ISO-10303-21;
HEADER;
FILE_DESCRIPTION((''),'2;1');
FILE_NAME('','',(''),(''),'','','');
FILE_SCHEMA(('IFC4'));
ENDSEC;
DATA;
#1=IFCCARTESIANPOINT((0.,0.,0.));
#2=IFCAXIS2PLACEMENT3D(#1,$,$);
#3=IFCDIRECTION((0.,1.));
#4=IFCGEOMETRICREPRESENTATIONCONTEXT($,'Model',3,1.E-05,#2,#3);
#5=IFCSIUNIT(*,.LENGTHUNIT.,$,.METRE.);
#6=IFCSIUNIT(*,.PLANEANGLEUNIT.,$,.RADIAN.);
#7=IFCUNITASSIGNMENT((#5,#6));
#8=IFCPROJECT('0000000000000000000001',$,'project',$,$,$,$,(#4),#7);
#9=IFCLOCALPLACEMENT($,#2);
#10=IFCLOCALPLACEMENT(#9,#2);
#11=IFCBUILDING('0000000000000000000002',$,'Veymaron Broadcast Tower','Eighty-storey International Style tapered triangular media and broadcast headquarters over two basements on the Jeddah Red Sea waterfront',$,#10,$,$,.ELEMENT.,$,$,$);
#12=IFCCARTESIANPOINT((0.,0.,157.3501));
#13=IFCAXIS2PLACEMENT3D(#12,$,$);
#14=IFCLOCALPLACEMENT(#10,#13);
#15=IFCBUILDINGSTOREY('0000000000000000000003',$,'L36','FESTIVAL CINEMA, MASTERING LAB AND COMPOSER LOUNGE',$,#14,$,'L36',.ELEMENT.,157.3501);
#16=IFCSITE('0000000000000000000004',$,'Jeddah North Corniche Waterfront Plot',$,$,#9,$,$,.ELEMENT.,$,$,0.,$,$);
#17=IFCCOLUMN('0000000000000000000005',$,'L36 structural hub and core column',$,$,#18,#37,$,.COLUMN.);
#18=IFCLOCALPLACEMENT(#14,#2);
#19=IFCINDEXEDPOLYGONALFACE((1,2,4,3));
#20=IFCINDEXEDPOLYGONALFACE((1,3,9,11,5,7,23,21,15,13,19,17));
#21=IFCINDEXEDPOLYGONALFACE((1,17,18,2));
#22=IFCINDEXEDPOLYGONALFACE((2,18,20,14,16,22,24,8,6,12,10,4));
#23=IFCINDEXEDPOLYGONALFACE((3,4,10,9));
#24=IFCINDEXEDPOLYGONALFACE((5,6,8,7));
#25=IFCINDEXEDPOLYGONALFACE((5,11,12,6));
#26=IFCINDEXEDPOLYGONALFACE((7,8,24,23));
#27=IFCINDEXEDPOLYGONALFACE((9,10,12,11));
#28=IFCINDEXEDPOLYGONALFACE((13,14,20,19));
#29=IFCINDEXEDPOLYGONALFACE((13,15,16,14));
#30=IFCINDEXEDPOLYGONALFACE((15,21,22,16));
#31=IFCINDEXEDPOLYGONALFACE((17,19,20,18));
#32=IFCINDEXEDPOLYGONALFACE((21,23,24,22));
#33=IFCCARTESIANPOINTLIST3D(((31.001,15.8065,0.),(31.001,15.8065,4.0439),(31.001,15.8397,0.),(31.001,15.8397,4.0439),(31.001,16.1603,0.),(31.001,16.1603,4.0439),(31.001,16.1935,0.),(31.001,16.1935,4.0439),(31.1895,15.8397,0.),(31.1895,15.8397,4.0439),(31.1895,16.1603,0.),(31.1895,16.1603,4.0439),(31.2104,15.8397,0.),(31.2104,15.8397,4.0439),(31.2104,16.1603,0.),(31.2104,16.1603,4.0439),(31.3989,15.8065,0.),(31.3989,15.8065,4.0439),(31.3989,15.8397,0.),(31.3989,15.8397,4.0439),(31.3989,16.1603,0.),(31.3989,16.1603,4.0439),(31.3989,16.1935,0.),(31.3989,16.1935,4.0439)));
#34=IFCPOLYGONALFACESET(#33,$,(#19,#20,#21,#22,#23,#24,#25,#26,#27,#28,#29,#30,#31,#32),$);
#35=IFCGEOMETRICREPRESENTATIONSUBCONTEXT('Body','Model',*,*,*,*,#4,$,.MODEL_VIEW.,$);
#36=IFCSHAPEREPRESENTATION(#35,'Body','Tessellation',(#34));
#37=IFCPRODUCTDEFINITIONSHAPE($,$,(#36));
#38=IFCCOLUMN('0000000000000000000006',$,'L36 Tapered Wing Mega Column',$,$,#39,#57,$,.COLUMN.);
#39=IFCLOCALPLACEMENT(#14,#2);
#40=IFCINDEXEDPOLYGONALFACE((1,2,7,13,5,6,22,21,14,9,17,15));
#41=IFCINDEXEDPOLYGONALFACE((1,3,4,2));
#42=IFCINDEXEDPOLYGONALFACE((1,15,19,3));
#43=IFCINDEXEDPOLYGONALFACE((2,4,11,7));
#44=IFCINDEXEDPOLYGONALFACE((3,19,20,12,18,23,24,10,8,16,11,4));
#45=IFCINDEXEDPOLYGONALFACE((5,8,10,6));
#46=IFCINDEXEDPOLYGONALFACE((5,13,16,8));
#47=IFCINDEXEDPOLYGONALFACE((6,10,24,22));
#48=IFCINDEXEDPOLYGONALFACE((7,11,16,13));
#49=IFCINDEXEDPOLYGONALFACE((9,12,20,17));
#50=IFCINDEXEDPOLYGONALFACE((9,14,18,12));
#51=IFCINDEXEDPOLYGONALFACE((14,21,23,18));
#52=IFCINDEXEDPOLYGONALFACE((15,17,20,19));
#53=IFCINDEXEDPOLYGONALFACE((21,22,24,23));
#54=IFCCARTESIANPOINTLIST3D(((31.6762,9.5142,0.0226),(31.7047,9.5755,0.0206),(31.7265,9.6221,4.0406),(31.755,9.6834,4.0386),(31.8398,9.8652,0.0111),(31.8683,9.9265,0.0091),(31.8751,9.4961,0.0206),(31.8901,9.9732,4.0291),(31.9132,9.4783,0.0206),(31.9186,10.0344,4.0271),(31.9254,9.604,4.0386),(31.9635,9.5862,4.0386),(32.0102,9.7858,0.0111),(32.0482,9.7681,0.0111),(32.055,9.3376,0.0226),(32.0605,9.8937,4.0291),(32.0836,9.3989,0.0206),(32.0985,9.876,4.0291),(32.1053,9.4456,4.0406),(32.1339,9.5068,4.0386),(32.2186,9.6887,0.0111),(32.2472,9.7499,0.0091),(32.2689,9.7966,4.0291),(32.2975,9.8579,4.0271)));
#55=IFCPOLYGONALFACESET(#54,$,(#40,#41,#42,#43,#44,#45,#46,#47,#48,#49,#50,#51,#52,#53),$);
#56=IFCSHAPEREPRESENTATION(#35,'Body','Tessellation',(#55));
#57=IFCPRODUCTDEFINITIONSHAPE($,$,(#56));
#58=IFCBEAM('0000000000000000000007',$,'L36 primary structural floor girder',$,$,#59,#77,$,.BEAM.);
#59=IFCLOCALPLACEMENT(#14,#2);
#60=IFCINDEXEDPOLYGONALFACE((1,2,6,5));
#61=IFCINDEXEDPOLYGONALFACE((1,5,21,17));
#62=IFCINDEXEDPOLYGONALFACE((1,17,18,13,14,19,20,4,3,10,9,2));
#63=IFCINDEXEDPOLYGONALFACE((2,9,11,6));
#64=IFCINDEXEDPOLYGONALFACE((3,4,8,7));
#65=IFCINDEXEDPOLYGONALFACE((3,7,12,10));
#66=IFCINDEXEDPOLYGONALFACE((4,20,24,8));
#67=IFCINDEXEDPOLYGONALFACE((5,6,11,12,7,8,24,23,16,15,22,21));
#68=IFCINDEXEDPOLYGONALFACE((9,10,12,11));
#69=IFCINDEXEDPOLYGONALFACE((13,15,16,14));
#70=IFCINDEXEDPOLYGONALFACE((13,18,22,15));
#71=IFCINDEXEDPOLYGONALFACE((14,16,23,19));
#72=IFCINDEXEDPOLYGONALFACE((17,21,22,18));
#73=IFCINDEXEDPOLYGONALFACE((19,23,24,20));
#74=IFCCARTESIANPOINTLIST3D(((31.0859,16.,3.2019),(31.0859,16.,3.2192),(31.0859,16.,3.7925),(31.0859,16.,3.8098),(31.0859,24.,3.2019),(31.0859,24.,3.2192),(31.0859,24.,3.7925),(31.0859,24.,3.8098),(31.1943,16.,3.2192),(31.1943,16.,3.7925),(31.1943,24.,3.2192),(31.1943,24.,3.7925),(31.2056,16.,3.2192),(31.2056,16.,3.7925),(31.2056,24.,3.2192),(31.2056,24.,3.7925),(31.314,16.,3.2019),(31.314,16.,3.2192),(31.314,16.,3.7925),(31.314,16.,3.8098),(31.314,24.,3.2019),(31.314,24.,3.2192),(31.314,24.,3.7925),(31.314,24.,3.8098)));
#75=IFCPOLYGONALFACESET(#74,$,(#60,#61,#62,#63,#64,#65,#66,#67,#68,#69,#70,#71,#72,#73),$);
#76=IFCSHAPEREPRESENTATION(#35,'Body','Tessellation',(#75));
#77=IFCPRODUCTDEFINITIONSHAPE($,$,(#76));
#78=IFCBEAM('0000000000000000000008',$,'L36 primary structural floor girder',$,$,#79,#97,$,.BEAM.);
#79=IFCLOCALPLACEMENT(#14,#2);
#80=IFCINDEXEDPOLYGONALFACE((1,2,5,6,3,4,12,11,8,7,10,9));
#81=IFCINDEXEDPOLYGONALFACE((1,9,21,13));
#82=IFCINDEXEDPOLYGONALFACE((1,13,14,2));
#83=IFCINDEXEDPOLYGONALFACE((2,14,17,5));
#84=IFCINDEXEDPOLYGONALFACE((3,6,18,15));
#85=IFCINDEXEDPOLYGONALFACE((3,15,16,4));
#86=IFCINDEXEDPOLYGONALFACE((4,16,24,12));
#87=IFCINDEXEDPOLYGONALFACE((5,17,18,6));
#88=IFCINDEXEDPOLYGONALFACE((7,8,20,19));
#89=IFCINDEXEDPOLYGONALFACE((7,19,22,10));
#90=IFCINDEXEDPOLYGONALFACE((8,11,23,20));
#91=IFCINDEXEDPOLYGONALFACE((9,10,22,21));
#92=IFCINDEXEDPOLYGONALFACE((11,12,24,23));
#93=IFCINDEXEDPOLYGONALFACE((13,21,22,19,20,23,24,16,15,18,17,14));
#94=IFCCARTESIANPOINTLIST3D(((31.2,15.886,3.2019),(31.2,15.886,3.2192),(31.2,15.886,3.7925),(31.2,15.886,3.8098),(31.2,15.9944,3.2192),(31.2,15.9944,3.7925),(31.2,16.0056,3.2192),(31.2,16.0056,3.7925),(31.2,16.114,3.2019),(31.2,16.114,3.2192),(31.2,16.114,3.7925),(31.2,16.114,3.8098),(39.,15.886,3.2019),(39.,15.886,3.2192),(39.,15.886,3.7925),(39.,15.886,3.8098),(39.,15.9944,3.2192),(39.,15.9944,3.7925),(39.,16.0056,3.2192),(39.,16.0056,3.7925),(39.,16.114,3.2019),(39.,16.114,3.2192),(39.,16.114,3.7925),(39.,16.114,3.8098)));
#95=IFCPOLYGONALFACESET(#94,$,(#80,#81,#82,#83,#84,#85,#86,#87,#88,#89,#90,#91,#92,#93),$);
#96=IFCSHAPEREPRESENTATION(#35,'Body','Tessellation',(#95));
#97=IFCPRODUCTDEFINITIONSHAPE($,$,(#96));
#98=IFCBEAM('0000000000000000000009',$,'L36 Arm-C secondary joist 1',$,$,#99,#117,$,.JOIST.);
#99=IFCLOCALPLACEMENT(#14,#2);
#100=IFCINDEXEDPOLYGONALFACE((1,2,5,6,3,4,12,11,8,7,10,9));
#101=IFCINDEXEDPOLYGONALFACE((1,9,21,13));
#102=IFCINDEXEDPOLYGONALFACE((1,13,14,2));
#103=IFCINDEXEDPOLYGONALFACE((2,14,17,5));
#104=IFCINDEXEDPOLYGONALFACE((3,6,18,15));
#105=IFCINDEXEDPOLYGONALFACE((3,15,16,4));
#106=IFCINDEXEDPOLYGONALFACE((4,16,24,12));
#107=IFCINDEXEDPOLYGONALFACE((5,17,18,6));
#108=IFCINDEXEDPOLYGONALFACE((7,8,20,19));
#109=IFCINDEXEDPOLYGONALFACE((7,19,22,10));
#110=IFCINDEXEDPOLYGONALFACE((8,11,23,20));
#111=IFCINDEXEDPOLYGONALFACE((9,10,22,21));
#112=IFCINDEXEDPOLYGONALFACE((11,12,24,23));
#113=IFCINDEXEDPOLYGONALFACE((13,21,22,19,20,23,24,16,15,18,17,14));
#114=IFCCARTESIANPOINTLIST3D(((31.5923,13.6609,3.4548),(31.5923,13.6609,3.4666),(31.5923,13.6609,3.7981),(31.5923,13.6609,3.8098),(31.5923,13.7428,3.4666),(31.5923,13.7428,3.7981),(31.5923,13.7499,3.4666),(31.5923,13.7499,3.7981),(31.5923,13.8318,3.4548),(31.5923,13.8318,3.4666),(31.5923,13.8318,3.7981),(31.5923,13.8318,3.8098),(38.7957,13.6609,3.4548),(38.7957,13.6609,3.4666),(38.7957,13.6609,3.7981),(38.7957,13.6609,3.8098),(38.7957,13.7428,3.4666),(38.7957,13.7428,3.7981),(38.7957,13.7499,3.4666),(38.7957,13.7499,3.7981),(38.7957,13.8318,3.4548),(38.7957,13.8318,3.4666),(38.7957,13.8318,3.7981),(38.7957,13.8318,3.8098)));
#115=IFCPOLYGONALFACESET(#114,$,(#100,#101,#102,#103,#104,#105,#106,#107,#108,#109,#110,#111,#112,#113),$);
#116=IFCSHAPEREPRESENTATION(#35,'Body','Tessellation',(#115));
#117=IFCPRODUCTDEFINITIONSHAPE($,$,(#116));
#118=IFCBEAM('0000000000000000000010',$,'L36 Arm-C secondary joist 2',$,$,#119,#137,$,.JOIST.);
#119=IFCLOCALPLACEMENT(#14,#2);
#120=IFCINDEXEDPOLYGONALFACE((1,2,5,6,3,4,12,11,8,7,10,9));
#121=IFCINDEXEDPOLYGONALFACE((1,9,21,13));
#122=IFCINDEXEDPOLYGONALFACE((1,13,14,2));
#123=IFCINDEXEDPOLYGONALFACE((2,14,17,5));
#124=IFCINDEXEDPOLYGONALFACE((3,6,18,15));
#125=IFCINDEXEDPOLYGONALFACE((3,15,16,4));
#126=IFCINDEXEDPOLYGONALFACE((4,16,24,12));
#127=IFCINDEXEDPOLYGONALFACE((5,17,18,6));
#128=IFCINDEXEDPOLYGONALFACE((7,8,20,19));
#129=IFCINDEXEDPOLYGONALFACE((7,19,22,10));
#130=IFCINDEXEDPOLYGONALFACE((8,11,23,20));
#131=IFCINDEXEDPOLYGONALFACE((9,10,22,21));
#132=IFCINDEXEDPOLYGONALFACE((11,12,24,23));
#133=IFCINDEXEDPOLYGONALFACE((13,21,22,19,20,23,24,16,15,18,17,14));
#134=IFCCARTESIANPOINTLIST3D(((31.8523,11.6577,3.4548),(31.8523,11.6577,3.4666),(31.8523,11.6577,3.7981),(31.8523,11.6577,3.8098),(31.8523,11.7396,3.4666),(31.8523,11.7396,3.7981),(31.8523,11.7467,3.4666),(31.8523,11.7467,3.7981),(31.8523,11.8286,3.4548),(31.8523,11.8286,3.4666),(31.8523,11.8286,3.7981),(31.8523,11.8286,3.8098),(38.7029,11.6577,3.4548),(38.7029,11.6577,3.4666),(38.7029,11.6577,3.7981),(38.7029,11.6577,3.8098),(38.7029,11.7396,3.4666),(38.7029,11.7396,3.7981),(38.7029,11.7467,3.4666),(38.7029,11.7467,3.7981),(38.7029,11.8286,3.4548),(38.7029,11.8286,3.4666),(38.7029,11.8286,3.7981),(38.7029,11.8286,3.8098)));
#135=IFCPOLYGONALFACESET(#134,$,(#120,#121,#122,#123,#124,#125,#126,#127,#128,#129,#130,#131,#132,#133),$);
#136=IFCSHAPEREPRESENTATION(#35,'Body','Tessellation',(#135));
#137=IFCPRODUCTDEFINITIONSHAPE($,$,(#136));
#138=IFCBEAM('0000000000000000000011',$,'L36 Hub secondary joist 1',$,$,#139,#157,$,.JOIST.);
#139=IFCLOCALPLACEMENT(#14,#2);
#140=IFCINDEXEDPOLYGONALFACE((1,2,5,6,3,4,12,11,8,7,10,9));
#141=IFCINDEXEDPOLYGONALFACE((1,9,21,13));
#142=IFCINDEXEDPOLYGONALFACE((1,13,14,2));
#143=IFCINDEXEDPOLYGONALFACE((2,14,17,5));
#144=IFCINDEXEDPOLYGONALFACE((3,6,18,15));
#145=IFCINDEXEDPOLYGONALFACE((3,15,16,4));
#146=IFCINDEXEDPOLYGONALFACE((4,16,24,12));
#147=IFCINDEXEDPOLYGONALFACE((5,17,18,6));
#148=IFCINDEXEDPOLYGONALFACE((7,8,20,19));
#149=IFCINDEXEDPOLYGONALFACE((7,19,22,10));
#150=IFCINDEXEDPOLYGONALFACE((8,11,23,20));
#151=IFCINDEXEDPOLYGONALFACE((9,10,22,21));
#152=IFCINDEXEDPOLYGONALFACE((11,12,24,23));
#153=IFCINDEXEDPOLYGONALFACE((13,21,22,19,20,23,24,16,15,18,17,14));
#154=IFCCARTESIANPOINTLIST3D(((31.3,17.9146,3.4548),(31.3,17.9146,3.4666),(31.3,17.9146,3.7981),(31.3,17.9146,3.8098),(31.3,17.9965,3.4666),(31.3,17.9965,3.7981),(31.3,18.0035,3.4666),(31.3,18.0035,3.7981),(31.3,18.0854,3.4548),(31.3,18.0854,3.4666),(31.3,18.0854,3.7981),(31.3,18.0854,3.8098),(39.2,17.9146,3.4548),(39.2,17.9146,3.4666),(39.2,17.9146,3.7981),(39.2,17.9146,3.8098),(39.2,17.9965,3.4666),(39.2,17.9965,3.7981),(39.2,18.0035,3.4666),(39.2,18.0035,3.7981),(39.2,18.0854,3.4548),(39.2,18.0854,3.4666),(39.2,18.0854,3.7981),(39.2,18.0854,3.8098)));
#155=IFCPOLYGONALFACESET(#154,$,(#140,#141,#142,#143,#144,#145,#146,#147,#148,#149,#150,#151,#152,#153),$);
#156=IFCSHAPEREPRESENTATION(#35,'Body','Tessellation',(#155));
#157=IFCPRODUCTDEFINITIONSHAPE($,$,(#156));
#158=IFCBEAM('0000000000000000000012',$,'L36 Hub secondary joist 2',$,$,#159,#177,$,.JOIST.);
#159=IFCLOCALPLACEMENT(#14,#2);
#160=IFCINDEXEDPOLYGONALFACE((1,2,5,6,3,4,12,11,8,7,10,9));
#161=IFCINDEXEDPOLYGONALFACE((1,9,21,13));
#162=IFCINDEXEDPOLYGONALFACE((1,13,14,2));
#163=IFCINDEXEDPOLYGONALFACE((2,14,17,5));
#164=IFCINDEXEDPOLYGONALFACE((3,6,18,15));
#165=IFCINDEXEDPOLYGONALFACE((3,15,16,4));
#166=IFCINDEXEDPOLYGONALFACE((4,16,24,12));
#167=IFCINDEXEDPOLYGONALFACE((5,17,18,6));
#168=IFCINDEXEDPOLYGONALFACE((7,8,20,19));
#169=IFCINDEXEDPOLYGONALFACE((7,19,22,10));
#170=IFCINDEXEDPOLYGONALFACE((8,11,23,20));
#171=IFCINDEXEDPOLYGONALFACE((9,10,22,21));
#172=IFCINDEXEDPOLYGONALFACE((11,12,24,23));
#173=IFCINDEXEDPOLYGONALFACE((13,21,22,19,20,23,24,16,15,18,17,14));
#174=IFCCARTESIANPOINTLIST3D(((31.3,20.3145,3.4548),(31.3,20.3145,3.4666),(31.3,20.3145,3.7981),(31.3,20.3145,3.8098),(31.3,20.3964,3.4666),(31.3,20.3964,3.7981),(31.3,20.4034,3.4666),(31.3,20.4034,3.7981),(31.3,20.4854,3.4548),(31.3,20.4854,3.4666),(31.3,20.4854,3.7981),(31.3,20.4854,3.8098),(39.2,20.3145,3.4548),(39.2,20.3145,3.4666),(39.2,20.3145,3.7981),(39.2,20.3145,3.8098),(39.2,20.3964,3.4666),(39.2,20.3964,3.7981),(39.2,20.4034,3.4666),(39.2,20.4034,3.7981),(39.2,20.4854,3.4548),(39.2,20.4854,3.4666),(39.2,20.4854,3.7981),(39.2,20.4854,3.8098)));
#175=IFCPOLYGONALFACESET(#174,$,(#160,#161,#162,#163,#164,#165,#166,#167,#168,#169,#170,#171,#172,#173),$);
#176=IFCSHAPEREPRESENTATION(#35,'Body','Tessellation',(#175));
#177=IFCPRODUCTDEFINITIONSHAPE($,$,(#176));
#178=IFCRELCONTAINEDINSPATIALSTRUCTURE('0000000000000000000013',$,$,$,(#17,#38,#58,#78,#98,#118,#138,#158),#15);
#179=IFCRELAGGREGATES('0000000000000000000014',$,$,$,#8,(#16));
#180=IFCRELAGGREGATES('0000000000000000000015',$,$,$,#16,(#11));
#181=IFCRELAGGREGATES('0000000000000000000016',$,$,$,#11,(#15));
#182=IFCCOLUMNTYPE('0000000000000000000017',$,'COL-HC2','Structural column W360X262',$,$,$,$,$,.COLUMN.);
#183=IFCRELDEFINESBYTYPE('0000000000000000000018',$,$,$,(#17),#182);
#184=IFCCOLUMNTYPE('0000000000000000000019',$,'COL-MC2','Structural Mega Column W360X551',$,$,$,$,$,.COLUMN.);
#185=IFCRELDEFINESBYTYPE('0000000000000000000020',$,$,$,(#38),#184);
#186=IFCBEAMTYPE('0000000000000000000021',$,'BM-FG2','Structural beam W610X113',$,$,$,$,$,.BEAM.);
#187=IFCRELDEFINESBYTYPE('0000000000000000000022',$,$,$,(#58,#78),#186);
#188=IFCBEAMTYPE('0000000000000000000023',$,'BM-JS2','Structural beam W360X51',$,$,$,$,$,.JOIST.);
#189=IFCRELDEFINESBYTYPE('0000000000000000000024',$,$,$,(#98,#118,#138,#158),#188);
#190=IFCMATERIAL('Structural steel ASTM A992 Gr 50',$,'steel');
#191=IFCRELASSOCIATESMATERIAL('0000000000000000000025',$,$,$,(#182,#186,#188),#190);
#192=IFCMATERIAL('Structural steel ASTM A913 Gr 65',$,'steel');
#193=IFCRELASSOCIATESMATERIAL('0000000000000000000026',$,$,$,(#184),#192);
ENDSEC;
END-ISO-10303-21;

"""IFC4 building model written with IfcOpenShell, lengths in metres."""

from ifc_helpers import new_model, si_unit, direction, frame, origin, origin_2d, place, context, subcontext, project, spatial, i_section, extrude, material, material_profile, profile_set, type_object, element, save


model = new_model("IFC4")

# Units and contexts
model_context = context("Model", 3, precision=1e-05, world=origin(), true_north=direction((0.0, 1.0)))
body_context = subcontext(model_context, "Body", "Model", "MODEL_VIEW")
ifc_project = project(units=[si_unit("LENGTHUNIT", "METRE"), si_unit("PLANEANGLEUNIT", "RADIAN")], contexts=[model_context])

# Site, building, storey
site_placement = place(None, origin())
site = spatial("IfcSite", under=ifc_project, at=site_placement, Name="Jeddah North Corniche Waterfront Plot", CompositionType="ELEMENT", RefElevation=0.0)
building_placement = place(site_placement, origin())
building = spatial("IfcBuilding", under=site, at=building_placement, Name="Veymaron Broadcast Tower", Description="Eighty-storey International Style tapered triangular media and broadcast headquarters over two basements on the Jeddah Red Sea waterfront", CompositionType="ELEMENT")
storey_placement = place(building_placement, frame((0.0, 0.0, 157.3501)))
storey = spatial("IfcBuildingStorey", under=building, at=storey_placement, Name="L36", Description="FESTIVAL CINEMA, MASTERING LAB AND COMPOSER LOUNGE", LongName="L36", CompositionType="ELEMENT", Elevation=157.3501)

# Columns
ifc_material_1 = material(Name="Structural steel ASTM A992 Gr 50", Category="steel")
ifc_material_profile_1 = material_profile(ifc_material_1, i_section(OverallWidth=0.3979, OverallDepth=0.387, WebThickness=0.021, FlangeThickness=0.0332, at=origin_2d()), Name="W360X262")
ifc_profile_set_1 = profile_set([ifc_material_profile_1], Name="Structural steel ASTM A992 Gr 50")
column_type_1 = type_object("IfcColumnType", Name="COL-HC2", Description="Structural column W360X262", PredefinedType="COLUMN", material=ifc_profile_set_1)
column_1_placement = place(storey_placement, frame((31.2, 16.0, 0.0), z_axis=(0.0, 0.0, 1.0), x_axis=(1.0, 0.0, 0.0)))
element("IfcColumn", 1, at=column_1_placement, inside=storey, type_object=column_type_1, Name="L36 structural hub and core column", PredefinedType="COLUMN", context=body_context, shape_type="SweptSolid", body=[
    extrude(i_section(OverallWidth=0.3979, OverallDepth=0.387, WebThickness=0.021, FlangeThickness=0.0332, at=origin_2d()), origin(), (0.0, 0.0, 1.0), 4.0439),
])
ifc_material_2 = material(Name="Structural steel ASTM A913 Gr 65", Category="steel")
ifc_material_profile_2 = material_profile(ifc_material_2, i_section(OverallWidth=0.418, OverallDepth=0.4551, WebThickness=0.042, FlangeThickness=0.0676, at=origin_2d()), Name="W360X551")
ifc_profile_set_2 = profile_set([ifc_material_profile_2], Name="Structural steel ASTM A913 Gr 65")
column_type_2 = type_object("IfcColumnType", Name="COL-MC2", Description="Structural Mega Column W360X551", PredefinedType="COLUMN", material=ifc_profile_set_2)
column_2_placement = place(storey_placement, frame((31.9617, 9.6321, 0.0159), z_axis=(0.012511, 0.026844, 0.999561), x_axis=(-0.906393, 0.422436, 0.0)))
element("IfcColumn", 2, at=column_2_placement, inside=storey, type_object=column_type_2, Name="L36 Tapered Wing Mega Column", PredefinedType="COLUMN", context=body_context, shape_type="SweptSolid", body=[
    extrude(i_section(OverallWidth=0.418, OverallDepth=0.4551, WebThickness=0.042, FlangeThickness=0.0676, at=origin_2d()), origin(), (0.0, 0.0, 1.0), 4.0198),
])

# Beams
ifc_material_profile_3 = material_profile(ifc_material_1, i_section(OverallWidth=0.228, OverallDepth=0.6079, WebThickness=0.0112, FlangeThickness=0.0173, at=origin_2d()), Name="W610X113")
ifc_profile_set_3 = profile_set([ifc_material_profile_3], Name="Structural steel ASTM A992 Gr 50")
beam_type_1 = type_object("IfcBeamType", Name="BM-FG2", Description="Structural beam W610X113", PredefinedType="BEAM", material=ifc_profile_set_3)
beam_1_placement = place(storey_placement, frame((31.2, 16.0, 3.5059), z_axis=(0.0, 1.0, 0.0), x_axis=(-1.0, 0.0, 0.0)))
element("IfcBeam", 3, at=beam_1_placement, inside=storey, type_object=beam_type_1, Name="L36 primary structural floor girder", PredefinedType="BEAM", context=body_context, shape_type="SweptSolid", body=[
    extrude(i_section(OverallWidth=0.228, OverallDepth=0.6079, WebThickness=0.0112, FlangeThickness=0.0173, at=origin_2d()), origin(), (0.0, 0.0, 1.0), 8.0),
])
beam_2_placement = place(storey_placement, frame((31.2, 16.0, 3.5059), z_axis=(1.0, 0.0, 0.0), x_axis=(0.0, 1.0, 0.0)))
element("IfcBeam", 4, at=beam_2_placement, inside=storey, type_object=beam_type_1, Name="L36 primary structural floor girder", PredefinedType="BEAM", context=body_context, shape_type="SweptSolid", body=[
    extrude(i_section(OverallWidth=0.228, OverallDepth=0.6079, WebThickness=0.0112, FlangeThickness=0.0173, at=origin_2d()), origin(), (0.0, 0.0, 1.0), 7.8),
])
ifc_material_profile_4 = material_profile(ifc_material_1, i_section(OverallWidth=0.1709, OverallDepth=0.355, WebThickness=0.0071, FlangeThickness=0.0117, at=origin_2d()), Name="W360X51")
ifc_profile_set_4 = profile_set([ifc_material_profile_4], Name="Structural steel ASTM A992 Gr 50")
beam_type_2 = type_object("IfcBeamType", Name="BM-JS2", Description="Structural beam W360X51", PredefinedType="JOIST", material=ifc_profile_set_4)
beam_3_placement = place(storey_placement, frame((31.5923, 13.7463, 3.6323), z_axis=(1.0, 0.0, 0.0), x_axis=(0.0, 1.0, 0.0)))
element("IfcBeam", 5, at=beam_3_placement, inside=storey, type_object=beam_type_2, Name="L36 Arm-C secondary joist 1", PredefinedType="JOIST", context=body_context, shape_type="SweptSolid", body=[
    extrude(i_section(OverallWidth=0.1709, OverallDepth=0.355, WebThickness=0.0071, FlangeThickness=0.0117, at=origin_2d()), origin(), (0.0, 0.0, 1.0), 7.2034),
])
beam_4_placement = place(storey_placement, frame((31.8523, 11.7432, 3.6323), z_axis=(1.0, 0.0, 0.0), x_axis=(0.0, 1.0, 0.0)))
element("IfcBeam", 6, at=beam_4_placement, inside=storey, type_object=beam_type_2, Name="L36 Arm-C secondary joist 2", PredefinedType="JOIST", context=body_context, shape_type="SweptSolid", body=[
    extrude(i_section(OverallWidth=0.1709, OverallDepth=0.355, WebThickness=0.0071, FlangeThickness=0.0117, at=origin_2d()), origin(), (0.0, 0.0, 1.0), 6.8506),
])
for number, where, z_axis, x_axis, name in (
    (7, (31.3, 18.0, 3.6323), (1.0, 0.0, 0.0), (0.0, 1.0, 0.0), "L36 Hub secondary joist 1"),
    (8, (31.3, 20.3999, 3.6323), (1.0, 0.0, 0.0), (0.0, 1.0, 0.0), "L36 Hub secondary joist 2"),
):
    element("IfcBeam", number, at=place(storey_placement, frame(where, z_axis=z_axis, x_axis=x_axis)), inside=storey, type_object=beam_type_2, Name=name, PredefinedType="JOIST", context=body_context, shape_type="SweptSolid", body=[
        extrude(i_section(OverallWidth=0.1709, OverallDepth=0.355, WebThickness=0.0071, FlangeThickness=0.0117, at=origin_2d()), origin(), (0.0, 0.0, 1.0), 7.8999),
    ])

save(model, "model.ifc")
